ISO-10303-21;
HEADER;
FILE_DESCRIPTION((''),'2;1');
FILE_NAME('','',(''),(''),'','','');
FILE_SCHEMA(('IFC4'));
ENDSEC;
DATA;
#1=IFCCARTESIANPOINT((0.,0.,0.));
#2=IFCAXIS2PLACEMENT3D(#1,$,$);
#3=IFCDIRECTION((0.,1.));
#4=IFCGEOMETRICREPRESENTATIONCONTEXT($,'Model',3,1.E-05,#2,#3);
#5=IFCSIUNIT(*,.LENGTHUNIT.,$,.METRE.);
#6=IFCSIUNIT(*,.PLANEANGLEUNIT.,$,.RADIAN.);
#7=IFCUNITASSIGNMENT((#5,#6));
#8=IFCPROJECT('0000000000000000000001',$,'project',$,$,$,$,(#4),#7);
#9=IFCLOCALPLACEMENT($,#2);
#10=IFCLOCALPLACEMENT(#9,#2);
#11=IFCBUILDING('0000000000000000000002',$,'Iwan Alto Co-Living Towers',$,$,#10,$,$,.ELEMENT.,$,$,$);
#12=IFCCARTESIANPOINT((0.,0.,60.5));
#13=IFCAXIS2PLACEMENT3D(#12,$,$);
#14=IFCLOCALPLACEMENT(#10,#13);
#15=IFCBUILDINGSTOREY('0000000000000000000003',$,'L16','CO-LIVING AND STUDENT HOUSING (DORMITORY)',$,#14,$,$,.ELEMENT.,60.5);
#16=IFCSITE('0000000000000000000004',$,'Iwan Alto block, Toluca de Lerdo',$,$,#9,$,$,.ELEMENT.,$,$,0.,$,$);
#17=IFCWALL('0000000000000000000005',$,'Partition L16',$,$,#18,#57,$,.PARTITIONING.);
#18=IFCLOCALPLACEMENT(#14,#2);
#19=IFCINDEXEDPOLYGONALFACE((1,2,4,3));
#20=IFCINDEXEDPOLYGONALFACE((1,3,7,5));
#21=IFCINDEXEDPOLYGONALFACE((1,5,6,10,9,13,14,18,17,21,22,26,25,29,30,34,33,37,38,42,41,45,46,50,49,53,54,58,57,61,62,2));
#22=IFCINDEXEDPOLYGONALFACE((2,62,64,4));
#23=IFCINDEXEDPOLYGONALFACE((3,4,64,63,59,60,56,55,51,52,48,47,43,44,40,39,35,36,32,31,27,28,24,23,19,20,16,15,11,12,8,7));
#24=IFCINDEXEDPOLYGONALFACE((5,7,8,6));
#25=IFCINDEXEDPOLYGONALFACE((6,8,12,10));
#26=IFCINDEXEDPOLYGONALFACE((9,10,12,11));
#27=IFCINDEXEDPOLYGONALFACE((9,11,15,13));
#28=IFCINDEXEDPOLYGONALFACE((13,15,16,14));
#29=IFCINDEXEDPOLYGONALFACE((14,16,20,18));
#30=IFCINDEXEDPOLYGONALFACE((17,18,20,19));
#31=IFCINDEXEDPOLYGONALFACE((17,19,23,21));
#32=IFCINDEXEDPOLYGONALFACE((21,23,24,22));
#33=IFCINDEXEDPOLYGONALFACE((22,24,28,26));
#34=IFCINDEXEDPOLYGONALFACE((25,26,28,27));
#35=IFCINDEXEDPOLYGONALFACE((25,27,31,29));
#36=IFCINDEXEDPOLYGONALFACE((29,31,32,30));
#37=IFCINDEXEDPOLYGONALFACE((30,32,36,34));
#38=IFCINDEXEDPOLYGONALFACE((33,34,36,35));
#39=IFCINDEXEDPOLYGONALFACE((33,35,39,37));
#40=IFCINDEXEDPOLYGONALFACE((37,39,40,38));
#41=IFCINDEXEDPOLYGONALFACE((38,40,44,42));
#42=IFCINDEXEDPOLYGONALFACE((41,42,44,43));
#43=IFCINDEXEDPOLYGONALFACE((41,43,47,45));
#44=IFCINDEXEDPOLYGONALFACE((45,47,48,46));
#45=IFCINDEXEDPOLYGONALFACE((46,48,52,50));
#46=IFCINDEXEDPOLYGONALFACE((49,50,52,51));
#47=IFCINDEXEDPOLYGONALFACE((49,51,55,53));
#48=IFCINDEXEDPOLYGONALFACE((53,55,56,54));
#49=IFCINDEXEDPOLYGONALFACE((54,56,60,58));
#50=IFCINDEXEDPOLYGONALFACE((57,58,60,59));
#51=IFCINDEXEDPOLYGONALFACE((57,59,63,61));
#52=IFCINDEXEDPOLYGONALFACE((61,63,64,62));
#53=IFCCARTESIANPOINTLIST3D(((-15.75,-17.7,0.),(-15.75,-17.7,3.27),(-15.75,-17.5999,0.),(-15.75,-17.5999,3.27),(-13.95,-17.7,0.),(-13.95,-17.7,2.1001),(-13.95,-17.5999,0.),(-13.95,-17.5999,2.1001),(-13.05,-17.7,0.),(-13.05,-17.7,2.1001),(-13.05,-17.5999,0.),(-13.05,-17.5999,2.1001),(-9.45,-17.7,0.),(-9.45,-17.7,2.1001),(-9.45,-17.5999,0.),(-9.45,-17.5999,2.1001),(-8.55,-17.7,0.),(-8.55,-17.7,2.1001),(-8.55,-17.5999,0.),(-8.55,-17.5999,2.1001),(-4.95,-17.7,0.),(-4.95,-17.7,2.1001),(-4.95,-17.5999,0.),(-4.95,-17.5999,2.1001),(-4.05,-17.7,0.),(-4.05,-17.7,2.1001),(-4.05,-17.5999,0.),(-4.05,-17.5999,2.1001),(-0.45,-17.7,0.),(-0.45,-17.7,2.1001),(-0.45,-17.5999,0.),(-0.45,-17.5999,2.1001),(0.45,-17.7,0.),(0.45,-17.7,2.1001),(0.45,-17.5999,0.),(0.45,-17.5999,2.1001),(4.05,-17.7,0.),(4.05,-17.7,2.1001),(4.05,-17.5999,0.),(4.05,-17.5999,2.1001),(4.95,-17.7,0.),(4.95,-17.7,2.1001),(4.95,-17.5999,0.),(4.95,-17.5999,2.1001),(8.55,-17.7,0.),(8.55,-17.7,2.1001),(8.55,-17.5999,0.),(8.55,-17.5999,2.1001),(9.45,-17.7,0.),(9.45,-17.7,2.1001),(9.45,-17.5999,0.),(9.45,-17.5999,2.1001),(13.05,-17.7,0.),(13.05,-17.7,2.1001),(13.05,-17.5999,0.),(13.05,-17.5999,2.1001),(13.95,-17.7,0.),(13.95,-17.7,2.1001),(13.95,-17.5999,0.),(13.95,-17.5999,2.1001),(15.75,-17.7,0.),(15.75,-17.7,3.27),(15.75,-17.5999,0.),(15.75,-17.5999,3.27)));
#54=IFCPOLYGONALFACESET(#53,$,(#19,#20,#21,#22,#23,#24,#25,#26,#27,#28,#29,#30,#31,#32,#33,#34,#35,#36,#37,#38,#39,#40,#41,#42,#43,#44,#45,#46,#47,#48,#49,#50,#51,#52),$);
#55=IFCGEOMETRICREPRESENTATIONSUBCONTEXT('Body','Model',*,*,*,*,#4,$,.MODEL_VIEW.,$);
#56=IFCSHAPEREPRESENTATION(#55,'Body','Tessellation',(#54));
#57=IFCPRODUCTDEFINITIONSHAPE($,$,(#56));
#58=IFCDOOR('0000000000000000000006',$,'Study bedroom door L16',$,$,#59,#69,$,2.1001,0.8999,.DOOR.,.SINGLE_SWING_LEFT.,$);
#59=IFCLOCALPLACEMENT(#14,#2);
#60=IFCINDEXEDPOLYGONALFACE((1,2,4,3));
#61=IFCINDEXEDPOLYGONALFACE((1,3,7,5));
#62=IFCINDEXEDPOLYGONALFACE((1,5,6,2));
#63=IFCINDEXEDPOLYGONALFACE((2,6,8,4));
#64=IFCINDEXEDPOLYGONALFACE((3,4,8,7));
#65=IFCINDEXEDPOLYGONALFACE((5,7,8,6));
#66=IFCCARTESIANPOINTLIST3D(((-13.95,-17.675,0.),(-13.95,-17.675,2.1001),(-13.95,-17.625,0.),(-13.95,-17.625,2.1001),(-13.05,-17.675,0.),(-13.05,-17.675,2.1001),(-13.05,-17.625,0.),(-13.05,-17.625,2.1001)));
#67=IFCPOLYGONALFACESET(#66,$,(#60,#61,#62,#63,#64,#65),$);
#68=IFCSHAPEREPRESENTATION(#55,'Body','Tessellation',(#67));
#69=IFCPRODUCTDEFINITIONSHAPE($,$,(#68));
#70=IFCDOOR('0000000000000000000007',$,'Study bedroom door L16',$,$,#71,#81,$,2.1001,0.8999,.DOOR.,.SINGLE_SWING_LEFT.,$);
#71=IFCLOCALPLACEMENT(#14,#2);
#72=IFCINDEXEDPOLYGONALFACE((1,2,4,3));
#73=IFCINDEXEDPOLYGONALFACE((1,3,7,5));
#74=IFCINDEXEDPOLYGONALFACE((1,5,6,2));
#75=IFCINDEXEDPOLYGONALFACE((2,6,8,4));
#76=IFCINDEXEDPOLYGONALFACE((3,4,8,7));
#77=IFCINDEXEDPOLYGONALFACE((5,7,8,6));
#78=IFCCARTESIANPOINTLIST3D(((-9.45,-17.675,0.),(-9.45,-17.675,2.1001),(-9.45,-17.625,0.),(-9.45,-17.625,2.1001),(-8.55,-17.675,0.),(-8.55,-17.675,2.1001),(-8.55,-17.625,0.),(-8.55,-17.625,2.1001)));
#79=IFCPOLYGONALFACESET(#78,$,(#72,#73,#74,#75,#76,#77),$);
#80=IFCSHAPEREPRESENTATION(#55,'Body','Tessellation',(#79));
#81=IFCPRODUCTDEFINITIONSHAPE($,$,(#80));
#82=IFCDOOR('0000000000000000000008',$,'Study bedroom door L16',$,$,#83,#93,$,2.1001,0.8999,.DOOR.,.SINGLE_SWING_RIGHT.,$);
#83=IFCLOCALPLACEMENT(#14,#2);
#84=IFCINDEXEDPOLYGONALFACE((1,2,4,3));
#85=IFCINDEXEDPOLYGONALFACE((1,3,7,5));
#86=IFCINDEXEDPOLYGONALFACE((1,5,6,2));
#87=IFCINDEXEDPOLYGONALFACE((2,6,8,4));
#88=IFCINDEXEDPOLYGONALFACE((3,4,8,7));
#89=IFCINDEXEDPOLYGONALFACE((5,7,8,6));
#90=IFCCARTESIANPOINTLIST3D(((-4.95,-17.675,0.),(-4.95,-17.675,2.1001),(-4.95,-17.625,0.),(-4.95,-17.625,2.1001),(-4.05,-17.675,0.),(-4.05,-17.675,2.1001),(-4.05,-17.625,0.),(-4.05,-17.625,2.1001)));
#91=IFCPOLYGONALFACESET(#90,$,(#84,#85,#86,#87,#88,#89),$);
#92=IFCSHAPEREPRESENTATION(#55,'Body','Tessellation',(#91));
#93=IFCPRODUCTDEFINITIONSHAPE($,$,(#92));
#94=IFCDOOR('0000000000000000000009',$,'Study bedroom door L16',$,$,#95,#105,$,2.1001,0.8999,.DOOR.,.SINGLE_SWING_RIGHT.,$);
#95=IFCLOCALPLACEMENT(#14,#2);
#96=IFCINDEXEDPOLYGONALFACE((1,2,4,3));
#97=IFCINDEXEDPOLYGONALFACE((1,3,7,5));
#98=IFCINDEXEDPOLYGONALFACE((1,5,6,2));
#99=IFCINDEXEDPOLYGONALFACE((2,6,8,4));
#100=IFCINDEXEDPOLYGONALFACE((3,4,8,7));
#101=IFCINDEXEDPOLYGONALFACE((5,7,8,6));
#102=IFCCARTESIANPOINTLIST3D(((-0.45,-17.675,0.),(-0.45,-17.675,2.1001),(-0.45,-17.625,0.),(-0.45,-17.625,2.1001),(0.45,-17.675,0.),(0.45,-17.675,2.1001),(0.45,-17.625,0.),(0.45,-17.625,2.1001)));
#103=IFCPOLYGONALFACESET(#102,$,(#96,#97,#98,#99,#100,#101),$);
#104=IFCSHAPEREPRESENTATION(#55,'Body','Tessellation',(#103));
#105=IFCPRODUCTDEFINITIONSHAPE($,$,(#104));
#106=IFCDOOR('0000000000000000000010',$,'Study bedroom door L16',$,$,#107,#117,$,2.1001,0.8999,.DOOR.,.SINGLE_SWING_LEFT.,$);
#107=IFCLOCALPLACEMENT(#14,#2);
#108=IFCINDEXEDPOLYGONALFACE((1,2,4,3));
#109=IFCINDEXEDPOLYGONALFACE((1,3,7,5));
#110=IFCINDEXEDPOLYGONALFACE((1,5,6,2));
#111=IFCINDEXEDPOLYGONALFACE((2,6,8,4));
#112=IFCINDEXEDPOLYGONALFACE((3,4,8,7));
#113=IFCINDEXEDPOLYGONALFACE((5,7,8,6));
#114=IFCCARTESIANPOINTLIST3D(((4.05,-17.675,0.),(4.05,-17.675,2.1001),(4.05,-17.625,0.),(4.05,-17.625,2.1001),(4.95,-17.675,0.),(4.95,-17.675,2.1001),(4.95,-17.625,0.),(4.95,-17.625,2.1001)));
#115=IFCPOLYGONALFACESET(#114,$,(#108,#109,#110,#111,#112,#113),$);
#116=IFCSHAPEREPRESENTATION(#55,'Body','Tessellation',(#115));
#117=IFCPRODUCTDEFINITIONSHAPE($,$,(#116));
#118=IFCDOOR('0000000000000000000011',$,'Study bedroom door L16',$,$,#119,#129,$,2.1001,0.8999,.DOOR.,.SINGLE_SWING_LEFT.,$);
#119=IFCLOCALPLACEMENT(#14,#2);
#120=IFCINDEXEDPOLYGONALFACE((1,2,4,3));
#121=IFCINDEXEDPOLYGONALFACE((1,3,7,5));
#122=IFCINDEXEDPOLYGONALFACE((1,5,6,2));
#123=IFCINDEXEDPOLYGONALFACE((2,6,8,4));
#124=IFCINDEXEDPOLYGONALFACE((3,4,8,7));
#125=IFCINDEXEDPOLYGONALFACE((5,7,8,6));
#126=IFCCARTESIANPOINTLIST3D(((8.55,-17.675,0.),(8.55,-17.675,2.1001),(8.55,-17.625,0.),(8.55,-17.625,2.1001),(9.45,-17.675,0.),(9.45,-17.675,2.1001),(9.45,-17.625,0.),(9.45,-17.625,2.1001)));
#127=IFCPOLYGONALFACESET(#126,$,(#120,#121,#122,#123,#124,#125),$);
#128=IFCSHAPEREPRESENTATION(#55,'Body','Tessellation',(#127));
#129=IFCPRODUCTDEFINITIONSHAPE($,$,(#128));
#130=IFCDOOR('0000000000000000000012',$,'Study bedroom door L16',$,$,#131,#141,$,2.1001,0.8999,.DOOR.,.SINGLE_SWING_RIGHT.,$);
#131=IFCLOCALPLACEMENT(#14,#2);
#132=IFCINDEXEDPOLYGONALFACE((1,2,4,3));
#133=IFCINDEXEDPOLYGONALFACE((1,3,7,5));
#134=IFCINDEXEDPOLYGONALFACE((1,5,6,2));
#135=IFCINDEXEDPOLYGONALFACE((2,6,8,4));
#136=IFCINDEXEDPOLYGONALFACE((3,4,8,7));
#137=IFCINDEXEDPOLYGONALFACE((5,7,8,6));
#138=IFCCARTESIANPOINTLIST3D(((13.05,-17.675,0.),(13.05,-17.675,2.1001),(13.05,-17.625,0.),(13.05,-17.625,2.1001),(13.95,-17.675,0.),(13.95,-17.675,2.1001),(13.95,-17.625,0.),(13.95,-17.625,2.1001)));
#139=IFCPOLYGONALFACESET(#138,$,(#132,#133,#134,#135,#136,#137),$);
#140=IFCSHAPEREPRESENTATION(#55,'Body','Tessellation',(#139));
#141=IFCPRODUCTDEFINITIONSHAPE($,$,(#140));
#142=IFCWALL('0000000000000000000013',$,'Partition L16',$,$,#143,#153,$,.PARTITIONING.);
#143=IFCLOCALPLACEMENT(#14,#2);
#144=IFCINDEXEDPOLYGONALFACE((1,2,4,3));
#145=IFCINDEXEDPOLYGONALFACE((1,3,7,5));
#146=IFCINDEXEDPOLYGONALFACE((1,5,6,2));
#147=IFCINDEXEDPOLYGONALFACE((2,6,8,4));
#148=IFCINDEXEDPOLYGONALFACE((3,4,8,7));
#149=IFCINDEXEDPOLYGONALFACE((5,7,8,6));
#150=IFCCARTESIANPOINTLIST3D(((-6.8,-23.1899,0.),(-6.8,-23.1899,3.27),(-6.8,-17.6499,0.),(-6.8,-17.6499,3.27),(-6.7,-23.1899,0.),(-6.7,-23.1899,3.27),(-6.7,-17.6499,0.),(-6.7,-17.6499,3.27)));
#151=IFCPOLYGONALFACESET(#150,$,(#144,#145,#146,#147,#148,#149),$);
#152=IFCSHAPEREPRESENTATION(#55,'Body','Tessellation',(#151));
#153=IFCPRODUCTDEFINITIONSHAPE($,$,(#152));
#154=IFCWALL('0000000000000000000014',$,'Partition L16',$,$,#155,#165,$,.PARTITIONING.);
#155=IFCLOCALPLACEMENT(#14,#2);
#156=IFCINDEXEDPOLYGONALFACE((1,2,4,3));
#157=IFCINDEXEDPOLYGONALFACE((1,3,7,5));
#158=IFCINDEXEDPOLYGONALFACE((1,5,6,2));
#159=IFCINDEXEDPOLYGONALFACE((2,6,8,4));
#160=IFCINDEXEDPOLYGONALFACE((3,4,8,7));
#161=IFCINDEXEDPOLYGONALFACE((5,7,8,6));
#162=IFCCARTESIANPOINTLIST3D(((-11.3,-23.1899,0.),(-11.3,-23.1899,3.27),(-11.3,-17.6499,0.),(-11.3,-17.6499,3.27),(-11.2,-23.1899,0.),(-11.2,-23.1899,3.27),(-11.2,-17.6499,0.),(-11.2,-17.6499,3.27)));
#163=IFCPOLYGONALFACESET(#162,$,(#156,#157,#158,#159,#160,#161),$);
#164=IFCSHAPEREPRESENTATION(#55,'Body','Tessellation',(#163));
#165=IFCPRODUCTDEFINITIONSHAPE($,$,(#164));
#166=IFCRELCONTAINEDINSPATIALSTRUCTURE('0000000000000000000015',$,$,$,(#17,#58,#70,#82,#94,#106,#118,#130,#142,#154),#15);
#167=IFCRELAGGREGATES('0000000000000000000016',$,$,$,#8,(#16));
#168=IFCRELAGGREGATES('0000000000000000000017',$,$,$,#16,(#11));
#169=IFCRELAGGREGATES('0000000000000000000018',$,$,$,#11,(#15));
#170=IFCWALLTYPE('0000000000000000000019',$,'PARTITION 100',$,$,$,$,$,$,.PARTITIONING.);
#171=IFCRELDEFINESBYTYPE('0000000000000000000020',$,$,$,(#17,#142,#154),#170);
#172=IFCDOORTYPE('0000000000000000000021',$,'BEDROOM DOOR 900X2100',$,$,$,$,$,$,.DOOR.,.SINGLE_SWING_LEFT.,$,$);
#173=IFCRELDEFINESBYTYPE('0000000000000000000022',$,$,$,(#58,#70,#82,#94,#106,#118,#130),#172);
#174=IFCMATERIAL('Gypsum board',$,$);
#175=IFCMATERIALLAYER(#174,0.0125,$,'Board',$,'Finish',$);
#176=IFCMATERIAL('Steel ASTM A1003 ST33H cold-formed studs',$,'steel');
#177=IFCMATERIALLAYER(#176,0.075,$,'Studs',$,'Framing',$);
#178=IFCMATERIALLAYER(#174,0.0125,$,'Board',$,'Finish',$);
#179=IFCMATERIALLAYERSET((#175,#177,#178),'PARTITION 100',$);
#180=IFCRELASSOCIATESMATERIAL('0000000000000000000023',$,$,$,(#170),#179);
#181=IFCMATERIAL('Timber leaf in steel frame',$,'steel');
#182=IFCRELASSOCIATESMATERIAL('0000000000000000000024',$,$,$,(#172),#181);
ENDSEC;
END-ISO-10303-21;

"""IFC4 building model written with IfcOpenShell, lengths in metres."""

from ifc_helpers import new_model, si_unit, direction, frame, frame_2d, origin, place, context, subcontext, project, spatial, rectangle, extrude, material, layer, layer_set, type_object, element, fill, save


model = new_model("IFC4")

# Units and contexts
model_context = context("Model", 3, precision=1e-05, world=origin(), true_north=direction((0.0, 1.0)))
body_context = subcontext(model_context, "Body", "Model", "MODEL_VIEW")
ifc_project = project(units=[si_unit("LENGTHUNIT", "METRE"), si_unit("PLANEANGLEUNIT", "RADIAN")], contexts=[model_context])

# Site, building, storey
site_placement = place(None, origin())
site = spatial("IfcSite", under=ifc_project, at=site_placement, Name="Iwan Alto block, Toluca de Lerdo", CompositionType="ELEMENT", RefElevation=0.0)
building_placement = place(site_placement, origin())
building = spatial("IfcBuilding", under=site, at=building_placement, Name="Iwan Alto Co-Living Towers", CompositionType="ELEMENT")
storey_placement = place(building_placement, frame((0.0, 0.0, 60.5)))
storey = spatial("IfcBuildingStorey", under=building, at=storey_placement, Name="L16", Description="CO-LIVING AND STUDENT HOUSING (DORMITORY)", CompositionType="ELEMENT", Elevation=60.5)

# Wall, openings, doors
ifc_material_1 = material(Name="Gypsum board")
ifc_layer_1 = layer(ifc_material_1, 0.0125, Name="Board", Category="Finish")
ifc_material_2 = material(Name="Steel ASTM A1003 ST33H cold-formed studs", Category="steel")
ifc_layer_2 = layer(ifc_material_2, 0.075, Name="Studs", Category="Framing")
ifc_layer_3 = layer(ifc_material_1, 0.0125, Name="Board", Category="Finish")
ifc_layer_set_1 = layer_set([ifc_layer_1, ifc_layer_2, ifc_layer_3], Name="PARTITION 100")
wall_type_1 = type_object("IfcWallType", Name="PARTITION 100", PredefinedType="PARTITIONING", material=ifc_layer_set_1)
wall_1_placement = place(storey_placement, frame((-15.75, -17.6499, 0.0), z_axis=(0.0, 0.0, 1.0), x_axis=(1.0, 0.0, 0.0)))
wall_1 = element("IfcWall", 1, at=wall_1_placement, inside=storey, type_object=wall_type_1, Name="Partition L16", PredefinedType="PARTITIONING", context=body_context, shape_type="SweptSolid", body=[
    extrude(rectangle(XDim=31.5, YDim=0.1001, at=frame_2d((15.75, 0.0))), origin(), (0.0, 0.0, 1.0), 3.27),
])
opening_1_placement = place(wall_1_placement, frame((1.8, 0.0, 0.0)))
opening_1 = element("IfcOpeningElement", 2, at=opening_1_placement, cuts=wall_1, PredefinedType="OPENING", context=body_context, shape_type="SweptSolid", body=[
    extrude(rectangle(XDim=0.8999, YDim=2.1001, at=frame_2d((0.45, 1.05))), frame((0.0, 0.0601, 0.0), z_axis=(0.0, -1.0, 0.0), x_axis=(1.0, 0.0, 0.0)), (0.0, 0.0, 1.0), 0.1201),
])
opening_2_placement = place(wall_1_placement, frame((6.3, 0.0, 0.0)))
opening_2 = element("IfcOpeningElement", 3, at=opening_2_placement, cuts=wall_1, PredefinedType="OPENING", context=body_context, shape_type="SweptSolid", body=[
    extrude(rectangle(XDim=0.8999, YDim=2.1001, at=frame_2d((0.45, 1.05))), frame((0.0, 0.0601, 0.0), z_axis=(0.0, -1.0, 0.0), x_axis=(1.0, 0.0, 0.0)), (0.0, 0.0, 1.0), 0.1201),
])
opening_3_placement = place(wall_1_placement, frame((10.8, 0.0, 0.0)))
opening_3 = element("IfcOpeningElement", 4, at=opening_3_placement, cuts=wall_1, PredefinedType="OPENING", context=body_context, shape_type="SweptSolid", body=[
    extrude(rectangle(XDim=0.8999, YDim=2.1001, at=frame_2d((0.45, 1.05))), frame((0.0, 0.0601, 0.0), z_axis=(0.0, -1.0, 0.0), x_axis=(1.0, 0.0, 0.0)), (0.0, 0.0, 1.0), 0.1201),
])
opening_4_placement = place(wall_1_placement, frame((15.3, 0.0, 0.0)))
opening_4 = element("IfcOpeningElement", 5, at=opening_4_placement, cuts=wall_1, PredefinedType="OPENING", context=body_context, shape_type="SweptSolid", body=[
    extrude(rectangle(XDim=0.8999, YDim=2.1001, at=frame_2d((0.45, 1.05))), frame((0.0, 0.0601, 0.0), z_axis=(0.0, -1.0, 0.0), x_axis=(1.0, 0.0, 0.0)), (0.0, 0.0, 1.0), 0.1201),
])
opening_5_placement = place(wall_1_placement, frame((19.8, 0.0, 0.0)))
opening_5 = element("IfcOpeningElement", 6, at=opening_5_placement, cuts=wall_1, PredefinedType="OPENING", context=body_context, shape_type="SweptSolid", body=[
    extrude(rectangle(XDim=0.8999, YDim=2.1001, at=frame_2d((0.45, 1.05))), frame((0.0, 0.0601, 0.0), z_axis=(0.0, -1.0, 0.0), x_axis=(1.0, 0.0, 0.0)), (0.0, 0.0, 1.0), 0.1201),
])
opening_6_placement = place(wall_1_placement, frame((24.3, 0.0, 0.0)))
opening_6 = element("IfcOpeningElement", 7, at=opening_6_placement, cuts=wall_1, PredefinedType="OPENING", context=body_context, shape_type="SweptSolid", body=[
    extrude(rectangle(XDim=0.8999, YDim=2.1001, at=frame_2d((0.45, 1.05))), frame((0.0, 0.0601, 0.0), z_axis=(0.0, -1.0, 0.0), x_axis=(1.0, 0.0, 0.0)), (0.0, 0.0, 1.0), 0.1201),
])
opening_7_placement = place(wall_1_placement, frame((28.8, 0.0, 0.0)))
opening_7 = element("IfcOpeningElement", 8, at=opening_7_placement, cuts=wall_1, PredefinedType="OPENING", context=body_context, shape_type="SweptSolid", body=[
    extrude(rectangle(XDim=0.8999, YDim=2.1001, at=frame_2d((0.45, 1.05))), frame((0.0, 0.0601, 0.0), z_axis=(0.0, -1.0, 0.0), x_axis=(1.0, 0.0, 0.0)), (0.0, 0.0, 1.0), 0.1201),
])
ifc_material_3 = material(Name="Timber leaf in steel frame", Category="steel")
door_type_1 = type_object("IfcDoorType", Name="BEDROOM DOOR 900X2100", OperationType="SINGLE_SWING_LEFT", PredefinedType="DOOR", material=ifc_material_3)
door_1_placement = place(opening_1_placement, origin())
door_1 = element("IfcDoor", 9, at=door_1_placement, inside=storey, type_object=door_type_1, Name="Study bedroom door L16", OperationType="SINGLE_SWING_LEFT", OverallHeight=2.1001, OverallWidth=0.8999, PredefinedType="DOOR", context=body_context, shape_type="SweptSolid", body=[
    extrude(rectangle(XDim=0.8999, YDim=2.1001, at=frame_2d((0.45, 1.05))), frame((0.0, 0.0249, 0.0), z_axis=(0.0, -1.0, 0.0), x_axis=(1.0, 0.0, 0.0)), (0.0, 0.0, 1.0), 0.05),
])
fill(opening_1, door_1)
door_2_placement = place(opening_2_placement, origin())
door_2 = element("IfcDoor", 10, at=door_2_placement, inside=storey, type_object=door_type_1, Name="Study bedroom door L16", OperationType="SINGLE_SWING_LEFT", OverallHeight=2.1001, OverallWidth=0.8999, PredefinedType="DOOR", context=body_context, shape_type="SweptSolid", body=[
    extrude(rectangle(XDim=0.8999, YDim=2.1001, at=frame_2d((0.45, 1.05))), frame((0.0, 0.0249, 0.0), z_axis=(0.0, -1.0, 0.0), x_axis=(1.0, 0.0, 0.0)), (0.0, 0.0, 1.0), 0.05),
])
fill(opening_2, door_2)
door_3_placement = place(opening_3_placement, origin())
door_3 = element("IfcDoor", 11, at=door_3_placement, inside=storey, type_object=door_type_1, Name="Study bedroom door L16", OperationType="SINGLE_SWING_RIGHT", OverallHeight=2.1001, OverallWidth=0.8999, PredefinedType="DOOR", context=body_context, shape_type="SweptSolid", body=[
    extrude(rectangle(XDim=0.8999, YDim=2.1001, at=frame_2d((0.45, 1.05))), frame((0.0, 0.0249, 0.0), z_axis=(0.0, -1.0, 0.0), x_axis=(1.0, 0.0, 0.0)), (0.0, 0.0, 1.0), 0.05),
])
fill(opening_3, door_3)
door_4_placement = place(opening_4_placement, origin())
door_4 = element("IfcDoor", 12, at=door_4_placement, inside=storey, type_object=door_type_1, Name="Study bedroom door L16", OperationType="SINGLE_SWING_RIGHT", OverallHeight=2.1001, OverallWidth=0.8999, PredefinedType="DOOR", context=body_context, shape_type="SweptSolid", body=[
    extrude(rectangle(XDim=0.8999, YDim=2.1001, at=frame_2d((0.45, 1.05))), frame((0.0, 0.0249, 0.0), z_axis=(0.0, -1.0, 0.0), x_axis=(1.0, 0.0, 0.0)), (0.0, 0.0, 1.0), 0.05),
])
fill(opening_4, door_4)
door_5_placement = place(opening_5_placement, origin())
door_5 = element("IfcDoor", 13, at=door_5_placement, inside=storey, type_object=door_type_1, Name="Study bedroom door L16", OperationType="SINGLE_SWING_LEFT", OverallHeight=2.1001, OverallWidth=0.8999, PredefinedType="DOOR", context=body_context, shape_type="SweptSolid", body=[
    extrude(rectangle(XDim=0.8999, YDim=2.1001, at=frame_2d((0.45, 1.05))), frame((0.0, 0.0249, 0.0), z_axis=(0.0, -1.0, 0.0), x_axis=(1.0, 0.0, 0.0)), (0.0, 0.0, 1.0), 0.05),
])
fill(opening_5, door_5)
door_6_placement = place(opening_6_placement, origin())
door_6 = element("IfcDoor", 14, at=door_6_placement, inside=storey, type_object=door_type_1, Name="Study bedroom door L16", OperationType="SINGLE_SWING_LEFT", OverallHeight=2.1001, OverallWidth=0.8999, PredefinedType="DOOR", context=body_context, shape_type="SweptSolid", body=[
    extrude(rectangle(XDim=0.8999, YDim=2.1001, at=frame_2d((0.45, 1.05))), frame((0.0, 0.0249, 0.0), z_axis=(0.0, -1.0, 0.0), x_axis=(1.0, 0.0, 0.0)), (0.0, 0.0, 1.0), 0.05),
])
fill(opening_6, door_6)
door_7_placement = place(opening_7_placement, origin())
door_7 = element("IfcDoor", 15, at=door_7_placement, inside=storey, type_object=door_type_1, Name="Study bedroom door L16", OperationType="SINGLE_SWING_RIGHT", OverallHeight=2.1001, OverallWidth=0.8999, PredefinedType="DOOR", context=body_context, shape_type="SweptSolid", body=[
    extrude(rectangle(XDim=0.8999, YDim=2.1001, at=frame_2d((0.45, 1.05))), frame((0.0, 0.0249, 0.0), z_axis=(0.0, -1.0, 0.0), x_axis=(1.0, 0.0, 0.0)), (0.0, 0.0, 1.0), 0.05),
])
fill(opening_7, door_7)

# Walls
for number, where, z_axis, x_axis, name in (
    (16, (-6.75, -23.1899, 0.0), (0.0, 0.0, 1.0), (0.0, 1.0, 0.0), "Partition L16"),
    (17, (-11.25, -23.1899, 0.0), (0.0, 0.0, 1.0), (0.0, 1.0, 0.0), "Partition L16"),
):
    element("IfcWall", number, at=place(storey_placement, frame(where, z_axis=z_axis, x_axis=x_axis)), inside=storey, type_object=wall_type_1, Name=name, PredefinedType="PARTITIONING", context=body_context, shape_type="SweptSolid", body=[
        extrude(rectangle(XDim=5.54, YDim=0.1001, at=frame_2d((2.77, 0.0))), origin(), (0.0, 0.0, 1.0), 3.27),
    ])

save(model, "model.ifc")
